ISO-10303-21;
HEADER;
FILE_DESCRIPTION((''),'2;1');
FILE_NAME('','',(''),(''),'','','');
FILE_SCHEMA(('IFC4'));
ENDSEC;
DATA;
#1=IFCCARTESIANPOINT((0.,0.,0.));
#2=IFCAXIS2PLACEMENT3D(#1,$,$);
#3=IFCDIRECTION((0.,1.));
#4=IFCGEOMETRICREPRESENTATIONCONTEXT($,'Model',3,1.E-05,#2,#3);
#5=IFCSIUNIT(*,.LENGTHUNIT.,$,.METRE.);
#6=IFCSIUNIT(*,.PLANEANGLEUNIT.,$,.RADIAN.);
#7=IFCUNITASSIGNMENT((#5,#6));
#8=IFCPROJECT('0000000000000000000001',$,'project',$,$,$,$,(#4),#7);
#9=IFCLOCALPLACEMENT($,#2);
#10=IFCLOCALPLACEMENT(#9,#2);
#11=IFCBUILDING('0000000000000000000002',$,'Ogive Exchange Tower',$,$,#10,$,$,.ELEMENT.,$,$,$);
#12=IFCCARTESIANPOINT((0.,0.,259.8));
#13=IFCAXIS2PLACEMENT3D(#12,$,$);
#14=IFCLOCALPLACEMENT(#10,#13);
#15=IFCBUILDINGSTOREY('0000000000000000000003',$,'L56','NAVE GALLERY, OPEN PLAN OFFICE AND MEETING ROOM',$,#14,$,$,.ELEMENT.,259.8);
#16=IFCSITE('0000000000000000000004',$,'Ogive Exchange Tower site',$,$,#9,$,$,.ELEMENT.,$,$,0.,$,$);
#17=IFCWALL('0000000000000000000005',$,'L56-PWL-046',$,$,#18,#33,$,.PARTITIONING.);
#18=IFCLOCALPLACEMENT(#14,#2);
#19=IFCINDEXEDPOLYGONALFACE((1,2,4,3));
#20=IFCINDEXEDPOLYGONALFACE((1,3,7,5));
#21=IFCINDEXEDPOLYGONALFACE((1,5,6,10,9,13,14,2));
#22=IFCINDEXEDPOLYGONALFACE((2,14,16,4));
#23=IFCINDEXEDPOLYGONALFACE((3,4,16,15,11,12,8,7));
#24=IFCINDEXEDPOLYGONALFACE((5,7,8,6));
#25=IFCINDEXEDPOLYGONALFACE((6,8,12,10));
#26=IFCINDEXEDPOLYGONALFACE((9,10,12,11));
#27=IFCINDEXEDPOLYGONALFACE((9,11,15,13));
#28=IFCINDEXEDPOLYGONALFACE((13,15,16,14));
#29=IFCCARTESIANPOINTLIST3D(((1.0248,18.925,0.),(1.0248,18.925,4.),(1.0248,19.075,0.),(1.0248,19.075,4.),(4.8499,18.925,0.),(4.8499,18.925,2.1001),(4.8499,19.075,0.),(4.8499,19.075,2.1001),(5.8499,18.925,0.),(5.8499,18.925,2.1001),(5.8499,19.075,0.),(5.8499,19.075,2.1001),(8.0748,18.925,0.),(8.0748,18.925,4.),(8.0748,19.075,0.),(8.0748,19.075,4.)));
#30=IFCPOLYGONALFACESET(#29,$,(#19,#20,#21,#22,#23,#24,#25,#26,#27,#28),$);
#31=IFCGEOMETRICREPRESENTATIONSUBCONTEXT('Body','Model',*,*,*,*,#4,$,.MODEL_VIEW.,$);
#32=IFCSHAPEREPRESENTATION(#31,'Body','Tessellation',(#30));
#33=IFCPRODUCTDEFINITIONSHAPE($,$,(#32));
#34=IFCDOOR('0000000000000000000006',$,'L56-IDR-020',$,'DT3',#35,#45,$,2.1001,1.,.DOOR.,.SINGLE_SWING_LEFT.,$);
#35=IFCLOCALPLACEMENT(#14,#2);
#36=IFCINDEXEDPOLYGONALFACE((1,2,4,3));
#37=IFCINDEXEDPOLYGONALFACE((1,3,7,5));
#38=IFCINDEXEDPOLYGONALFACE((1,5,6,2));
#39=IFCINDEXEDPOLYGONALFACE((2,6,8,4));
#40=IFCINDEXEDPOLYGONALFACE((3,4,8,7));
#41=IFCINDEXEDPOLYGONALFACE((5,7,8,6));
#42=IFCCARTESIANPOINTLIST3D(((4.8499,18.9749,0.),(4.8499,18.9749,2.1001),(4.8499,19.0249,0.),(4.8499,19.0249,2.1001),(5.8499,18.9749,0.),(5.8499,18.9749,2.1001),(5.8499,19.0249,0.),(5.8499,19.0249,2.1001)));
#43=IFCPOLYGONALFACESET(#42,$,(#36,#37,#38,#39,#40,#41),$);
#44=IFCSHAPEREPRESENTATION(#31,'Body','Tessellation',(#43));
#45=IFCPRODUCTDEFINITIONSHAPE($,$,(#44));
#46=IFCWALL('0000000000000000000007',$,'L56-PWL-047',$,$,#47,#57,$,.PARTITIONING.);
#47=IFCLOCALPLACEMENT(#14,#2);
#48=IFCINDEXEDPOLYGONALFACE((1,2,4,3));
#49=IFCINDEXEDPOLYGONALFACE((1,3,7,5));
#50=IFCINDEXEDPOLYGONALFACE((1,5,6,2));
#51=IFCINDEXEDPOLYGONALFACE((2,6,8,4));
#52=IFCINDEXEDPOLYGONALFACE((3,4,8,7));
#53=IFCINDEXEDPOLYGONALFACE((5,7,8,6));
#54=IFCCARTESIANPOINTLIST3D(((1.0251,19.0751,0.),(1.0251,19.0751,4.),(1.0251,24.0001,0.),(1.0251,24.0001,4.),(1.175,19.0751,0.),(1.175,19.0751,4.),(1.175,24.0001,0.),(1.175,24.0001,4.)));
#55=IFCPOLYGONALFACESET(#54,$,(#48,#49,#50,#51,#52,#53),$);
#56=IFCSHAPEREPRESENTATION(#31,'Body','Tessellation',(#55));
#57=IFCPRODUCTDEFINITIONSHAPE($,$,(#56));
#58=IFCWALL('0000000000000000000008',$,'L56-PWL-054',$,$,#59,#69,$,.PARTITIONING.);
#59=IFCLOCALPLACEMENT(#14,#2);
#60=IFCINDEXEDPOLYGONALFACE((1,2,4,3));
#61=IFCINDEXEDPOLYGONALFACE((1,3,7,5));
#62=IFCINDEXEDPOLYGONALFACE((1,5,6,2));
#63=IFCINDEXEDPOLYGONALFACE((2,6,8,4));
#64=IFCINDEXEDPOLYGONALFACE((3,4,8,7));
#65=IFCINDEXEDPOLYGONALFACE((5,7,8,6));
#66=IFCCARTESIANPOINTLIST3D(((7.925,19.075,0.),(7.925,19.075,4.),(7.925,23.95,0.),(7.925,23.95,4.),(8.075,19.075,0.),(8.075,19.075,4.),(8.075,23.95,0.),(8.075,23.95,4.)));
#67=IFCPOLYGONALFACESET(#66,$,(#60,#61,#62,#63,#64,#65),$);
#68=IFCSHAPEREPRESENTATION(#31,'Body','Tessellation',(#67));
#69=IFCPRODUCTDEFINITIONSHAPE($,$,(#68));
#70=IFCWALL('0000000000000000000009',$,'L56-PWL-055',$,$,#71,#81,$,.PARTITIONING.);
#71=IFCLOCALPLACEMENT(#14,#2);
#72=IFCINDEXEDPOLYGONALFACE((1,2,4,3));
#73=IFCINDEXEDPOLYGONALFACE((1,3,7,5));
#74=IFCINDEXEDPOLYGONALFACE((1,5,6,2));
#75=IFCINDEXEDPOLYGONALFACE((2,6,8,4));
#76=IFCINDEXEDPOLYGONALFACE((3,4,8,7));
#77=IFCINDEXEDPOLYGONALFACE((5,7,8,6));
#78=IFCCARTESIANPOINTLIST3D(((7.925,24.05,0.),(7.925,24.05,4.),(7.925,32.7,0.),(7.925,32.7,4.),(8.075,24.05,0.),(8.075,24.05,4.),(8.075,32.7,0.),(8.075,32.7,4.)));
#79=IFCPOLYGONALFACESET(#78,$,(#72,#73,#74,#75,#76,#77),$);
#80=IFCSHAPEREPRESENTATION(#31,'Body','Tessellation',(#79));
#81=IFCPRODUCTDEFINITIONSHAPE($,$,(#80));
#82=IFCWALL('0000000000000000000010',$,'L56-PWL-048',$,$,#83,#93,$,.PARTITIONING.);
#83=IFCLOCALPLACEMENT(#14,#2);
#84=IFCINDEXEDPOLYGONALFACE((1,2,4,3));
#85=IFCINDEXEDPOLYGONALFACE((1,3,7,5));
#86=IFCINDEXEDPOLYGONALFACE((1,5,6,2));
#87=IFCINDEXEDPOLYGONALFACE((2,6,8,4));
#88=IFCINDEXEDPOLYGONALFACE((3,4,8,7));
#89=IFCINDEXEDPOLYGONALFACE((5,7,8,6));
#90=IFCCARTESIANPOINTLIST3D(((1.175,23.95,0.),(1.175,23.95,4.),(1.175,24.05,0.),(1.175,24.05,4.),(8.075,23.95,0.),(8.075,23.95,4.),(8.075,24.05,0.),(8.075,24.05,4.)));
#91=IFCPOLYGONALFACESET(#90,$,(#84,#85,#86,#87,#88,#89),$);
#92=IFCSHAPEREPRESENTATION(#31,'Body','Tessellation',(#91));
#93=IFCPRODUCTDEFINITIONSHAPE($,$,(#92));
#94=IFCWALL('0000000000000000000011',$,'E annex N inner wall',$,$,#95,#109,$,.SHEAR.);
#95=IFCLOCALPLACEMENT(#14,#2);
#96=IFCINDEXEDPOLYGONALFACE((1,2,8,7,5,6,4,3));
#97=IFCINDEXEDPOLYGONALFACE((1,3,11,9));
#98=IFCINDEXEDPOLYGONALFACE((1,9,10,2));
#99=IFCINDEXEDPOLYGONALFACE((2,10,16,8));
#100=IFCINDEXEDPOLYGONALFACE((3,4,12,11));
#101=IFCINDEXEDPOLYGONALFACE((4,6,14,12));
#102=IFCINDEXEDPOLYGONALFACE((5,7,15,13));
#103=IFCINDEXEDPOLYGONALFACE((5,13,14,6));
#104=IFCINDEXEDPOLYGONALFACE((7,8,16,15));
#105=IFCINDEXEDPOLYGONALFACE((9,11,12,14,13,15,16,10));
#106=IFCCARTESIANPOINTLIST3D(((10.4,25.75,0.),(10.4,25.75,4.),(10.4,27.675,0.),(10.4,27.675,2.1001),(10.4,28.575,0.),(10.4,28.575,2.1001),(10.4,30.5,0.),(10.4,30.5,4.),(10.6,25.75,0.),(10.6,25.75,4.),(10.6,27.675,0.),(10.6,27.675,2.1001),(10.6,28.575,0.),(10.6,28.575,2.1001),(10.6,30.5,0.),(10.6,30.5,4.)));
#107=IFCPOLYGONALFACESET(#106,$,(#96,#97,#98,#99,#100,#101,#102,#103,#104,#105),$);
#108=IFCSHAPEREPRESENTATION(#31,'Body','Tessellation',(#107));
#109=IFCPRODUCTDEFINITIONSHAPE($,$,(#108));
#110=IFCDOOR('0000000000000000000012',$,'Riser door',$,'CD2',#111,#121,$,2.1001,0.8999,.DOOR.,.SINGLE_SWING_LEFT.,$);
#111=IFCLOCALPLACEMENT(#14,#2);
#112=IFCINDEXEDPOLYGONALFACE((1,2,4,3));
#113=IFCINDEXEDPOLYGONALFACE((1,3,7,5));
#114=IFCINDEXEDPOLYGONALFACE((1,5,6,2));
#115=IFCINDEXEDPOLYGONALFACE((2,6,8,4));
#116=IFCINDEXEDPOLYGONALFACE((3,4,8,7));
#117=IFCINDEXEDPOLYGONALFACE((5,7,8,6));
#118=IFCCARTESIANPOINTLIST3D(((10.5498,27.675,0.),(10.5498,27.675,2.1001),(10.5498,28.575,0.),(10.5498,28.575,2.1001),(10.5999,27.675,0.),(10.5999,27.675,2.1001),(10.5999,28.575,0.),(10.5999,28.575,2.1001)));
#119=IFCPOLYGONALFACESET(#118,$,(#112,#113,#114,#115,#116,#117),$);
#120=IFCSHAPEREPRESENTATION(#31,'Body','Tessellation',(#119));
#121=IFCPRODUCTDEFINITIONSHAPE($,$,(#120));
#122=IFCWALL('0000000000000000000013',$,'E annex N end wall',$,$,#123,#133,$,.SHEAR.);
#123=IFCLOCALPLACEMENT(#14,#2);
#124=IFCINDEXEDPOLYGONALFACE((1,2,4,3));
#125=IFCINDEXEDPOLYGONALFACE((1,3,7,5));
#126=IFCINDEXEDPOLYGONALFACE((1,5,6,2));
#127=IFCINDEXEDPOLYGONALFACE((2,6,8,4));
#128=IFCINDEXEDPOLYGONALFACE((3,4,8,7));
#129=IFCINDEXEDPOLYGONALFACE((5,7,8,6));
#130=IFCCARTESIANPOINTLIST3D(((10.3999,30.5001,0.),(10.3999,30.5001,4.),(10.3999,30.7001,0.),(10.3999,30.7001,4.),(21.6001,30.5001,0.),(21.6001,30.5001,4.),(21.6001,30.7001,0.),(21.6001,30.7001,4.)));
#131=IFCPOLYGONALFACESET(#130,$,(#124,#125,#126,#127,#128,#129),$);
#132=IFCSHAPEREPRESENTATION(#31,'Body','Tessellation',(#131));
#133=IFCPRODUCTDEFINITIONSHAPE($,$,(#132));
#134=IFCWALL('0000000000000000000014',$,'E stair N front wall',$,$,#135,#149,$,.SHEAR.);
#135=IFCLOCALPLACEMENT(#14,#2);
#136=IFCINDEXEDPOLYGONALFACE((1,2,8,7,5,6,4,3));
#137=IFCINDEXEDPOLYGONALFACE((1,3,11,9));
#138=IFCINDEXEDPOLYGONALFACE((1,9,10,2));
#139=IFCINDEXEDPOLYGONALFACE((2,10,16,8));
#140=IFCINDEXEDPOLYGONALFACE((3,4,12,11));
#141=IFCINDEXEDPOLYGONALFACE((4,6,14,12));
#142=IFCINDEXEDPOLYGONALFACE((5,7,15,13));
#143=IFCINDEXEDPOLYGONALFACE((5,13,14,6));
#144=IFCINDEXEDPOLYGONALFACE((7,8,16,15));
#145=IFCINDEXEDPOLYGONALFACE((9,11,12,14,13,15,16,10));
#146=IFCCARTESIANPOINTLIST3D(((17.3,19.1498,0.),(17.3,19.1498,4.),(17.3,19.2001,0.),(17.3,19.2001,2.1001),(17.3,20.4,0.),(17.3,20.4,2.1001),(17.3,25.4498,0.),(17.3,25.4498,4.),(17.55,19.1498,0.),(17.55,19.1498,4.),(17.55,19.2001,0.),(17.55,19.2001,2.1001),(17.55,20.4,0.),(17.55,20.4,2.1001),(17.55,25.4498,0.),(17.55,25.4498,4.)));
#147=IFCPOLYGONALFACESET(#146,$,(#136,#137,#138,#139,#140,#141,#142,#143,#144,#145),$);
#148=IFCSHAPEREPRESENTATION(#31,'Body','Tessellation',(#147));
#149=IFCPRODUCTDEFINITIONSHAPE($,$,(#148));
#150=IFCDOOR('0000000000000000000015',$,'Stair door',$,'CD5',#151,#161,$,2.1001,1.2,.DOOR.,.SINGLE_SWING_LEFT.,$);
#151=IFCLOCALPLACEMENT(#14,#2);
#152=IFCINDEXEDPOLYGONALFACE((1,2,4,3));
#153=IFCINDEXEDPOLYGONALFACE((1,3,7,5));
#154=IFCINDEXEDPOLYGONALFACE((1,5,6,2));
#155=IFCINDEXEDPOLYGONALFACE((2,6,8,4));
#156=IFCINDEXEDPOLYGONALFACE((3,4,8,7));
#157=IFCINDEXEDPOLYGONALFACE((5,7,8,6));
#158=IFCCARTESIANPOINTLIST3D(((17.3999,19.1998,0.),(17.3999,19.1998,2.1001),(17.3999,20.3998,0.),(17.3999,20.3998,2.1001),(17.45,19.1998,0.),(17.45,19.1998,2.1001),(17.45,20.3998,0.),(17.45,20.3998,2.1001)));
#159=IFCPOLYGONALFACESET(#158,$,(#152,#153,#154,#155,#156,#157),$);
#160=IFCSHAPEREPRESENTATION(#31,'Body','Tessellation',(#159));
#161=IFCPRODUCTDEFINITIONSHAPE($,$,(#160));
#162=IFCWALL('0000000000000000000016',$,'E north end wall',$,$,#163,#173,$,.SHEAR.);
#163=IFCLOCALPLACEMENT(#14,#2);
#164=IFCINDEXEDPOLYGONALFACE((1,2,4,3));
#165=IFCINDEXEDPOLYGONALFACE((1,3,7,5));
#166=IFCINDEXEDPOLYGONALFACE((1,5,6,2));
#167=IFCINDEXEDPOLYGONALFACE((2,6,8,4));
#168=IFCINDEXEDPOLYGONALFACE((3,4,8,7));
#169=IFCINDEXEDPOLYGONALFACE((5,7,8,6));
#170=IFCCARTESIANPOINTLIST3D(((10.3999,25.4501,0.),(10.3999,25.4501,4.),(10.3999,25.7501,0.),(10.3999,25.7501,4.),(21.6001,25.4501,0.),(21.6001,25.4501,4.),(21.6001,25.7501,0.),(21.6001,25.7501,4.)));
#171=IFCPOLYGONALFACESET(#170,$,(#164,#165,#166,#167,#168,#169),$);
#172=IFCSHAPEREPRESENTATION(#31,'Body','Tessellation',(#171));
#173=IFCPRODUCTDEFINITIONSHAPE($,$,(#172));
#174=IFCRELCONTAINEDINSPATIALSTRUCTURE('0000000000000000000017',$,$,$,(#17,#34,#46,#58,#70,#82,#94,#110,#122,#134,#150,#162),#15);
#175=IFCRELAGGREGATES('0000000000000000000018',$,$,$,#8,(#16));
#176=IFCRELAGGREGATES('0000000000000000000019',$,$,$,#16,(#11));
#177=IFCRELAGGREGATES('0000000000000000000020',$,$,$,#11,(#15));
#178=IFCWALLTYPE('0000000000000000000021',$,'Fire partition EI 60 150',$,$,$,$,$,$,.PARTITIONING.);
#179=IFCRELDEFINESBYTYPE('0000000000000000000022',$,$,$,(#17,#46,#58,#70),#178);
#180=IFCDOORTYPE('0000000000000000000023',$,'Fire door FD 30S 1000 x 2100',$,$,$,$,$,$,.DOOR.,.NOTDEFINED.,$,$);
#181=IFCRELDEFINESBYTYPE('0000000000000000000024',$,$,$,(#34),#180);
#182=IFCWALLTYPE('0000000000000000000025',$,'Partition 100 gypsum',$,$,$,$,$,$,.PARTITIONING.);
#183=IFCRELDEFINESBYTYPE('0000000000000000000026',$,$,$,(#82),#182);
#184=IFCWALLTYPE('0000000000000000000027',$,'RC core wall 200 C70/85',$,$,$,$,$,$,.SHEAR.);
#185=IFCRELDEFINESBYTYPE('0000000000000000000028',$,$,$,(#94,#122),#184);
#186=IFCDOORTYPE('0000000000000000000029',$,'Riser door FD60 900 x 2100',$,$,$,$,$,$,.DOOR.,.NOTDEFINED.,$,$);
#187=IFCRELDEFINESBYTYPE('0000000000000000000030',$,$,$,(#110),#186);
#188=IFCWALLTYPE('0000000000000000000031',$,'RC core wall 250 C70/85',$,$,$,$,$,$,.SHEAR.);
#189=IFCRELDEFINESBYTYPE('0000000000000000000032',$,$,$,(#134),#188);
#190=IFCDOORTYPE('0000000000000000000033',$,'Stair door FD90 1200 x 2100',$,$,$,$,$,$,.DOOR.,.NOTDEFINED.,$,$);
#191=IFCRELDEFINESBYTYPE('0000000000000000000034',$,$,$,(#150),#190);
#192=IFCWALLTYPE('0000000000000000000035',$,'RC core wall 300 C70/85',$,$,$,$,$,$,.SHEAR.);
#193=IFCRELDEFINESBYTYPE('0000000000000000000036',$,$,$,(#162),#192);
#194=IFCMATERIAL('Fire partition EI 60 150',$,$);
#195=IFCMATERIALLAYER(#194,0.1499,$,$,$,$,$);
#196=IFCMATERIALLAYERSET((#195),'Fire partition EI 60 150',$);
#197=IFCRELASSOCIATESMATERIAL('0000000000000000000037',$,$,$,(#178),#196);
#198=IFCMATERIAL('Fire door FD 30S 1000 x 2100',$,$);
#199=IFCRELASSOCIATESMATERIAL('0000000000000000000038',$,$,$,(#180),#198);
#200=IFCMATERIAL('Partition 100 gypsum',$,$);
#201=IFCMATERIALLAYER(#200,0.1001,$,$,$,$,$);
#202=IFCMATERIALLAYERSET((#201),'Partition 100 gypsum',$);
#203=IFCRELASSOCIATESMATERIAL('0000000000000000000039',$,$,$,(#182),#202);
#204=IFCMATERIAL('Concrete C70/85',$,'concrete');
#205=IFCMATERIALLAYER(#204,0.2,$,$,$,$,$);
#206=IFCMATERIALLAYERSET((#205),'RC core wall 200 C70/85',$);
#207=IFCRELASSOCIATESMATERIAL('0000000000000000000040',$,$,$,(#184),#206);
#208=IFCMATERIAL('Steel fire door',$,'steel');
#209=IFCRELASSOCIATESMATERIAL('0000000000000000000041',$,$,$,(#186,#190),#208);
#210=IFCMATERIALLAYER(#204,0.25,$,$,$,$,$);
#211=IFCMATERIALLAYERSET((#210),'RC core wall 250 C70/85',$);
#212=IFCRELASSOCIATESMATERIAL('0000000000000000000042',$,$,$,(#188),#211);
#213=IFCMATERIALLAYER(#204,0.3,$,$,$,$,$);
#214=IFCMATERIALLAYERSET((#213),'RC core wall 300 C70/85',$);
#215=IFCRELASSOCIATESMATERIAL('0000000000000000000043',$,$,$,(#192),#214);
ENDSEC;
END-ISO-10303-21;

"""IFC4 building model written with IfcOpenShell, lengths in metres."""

from ifc_helpers import new_model, si_unit, direction, frame, frame_2d, origin, place, context, subcontext, project, spatial, rectangle, extrude, material, layer, layer_set, type_object, element, fill, save


model = new_model("IFC4")

# Units and contexts
model_context = context("Model", 3, precision=1e-05, world=origin(), true_north=direction((0.0, 1.0)))
body_context = subcontext(model_context, "Body", "Model", "MODEL_VIEW")
ifc_project = project(units=[si_unit("LENGTHUNIT", "METRE"), si_unit("PLANEANGLEUNIT", "RADIAN")], contexts=[model_context])

# Site, building, storey
site_placement = place(None, origin())
site = spatial("IfcSite", under=ifc_project, at=site_placement, Name="Ogive Exchange Tower site", CompositionType="ELEMENT", RefElevation=0.0)
building_placement = place(site_placement, origin())
building = spatial("IfcBuilding", under=site, at=building_placement, Name="Ogive Exchange Tower", CompositionType="ELEMENT")
storey_placement = place(building_placement, frame((0.0, 0.0, 259.8)))
storey = spatial("IfcBuildingStorey", under=building, at=storey_placement, Name="L56", Description="NAVE GALLERY, OPEN PLAN OFFICE AND MEETING ROOM", CompositionType="ELEMENT", Elevation=259.8)

# Shared definitions
ifc_material_1 = material(Name="Fire partition EI 60 150")
ifc_layer_1 = layer(ifc_material_1, 0.1499)
ifc_layer_set_1 = layer_set([ifc_layer_1], Name="Fire partition EI 60 150")
wall_type_1 = type_object("IfcWallType", Name="Fire partition EI 60 150", PredefinedType="PARTITIONING", material=ifc_layer_set_1)

# Wall, opening, door
ifc_material_2 = material(Name="Fire door FD 30S 1000 x 2100")
door_type_1 = type_object("IfcDoorType", Name="Fire door FD 30S 1000 x 2100", OperationType="NOTDEFINED", PredefinedType="DOOR", material=ifc_material_2)
wall_1_placement = place(storey_placement, frame((1.0249, 19.0, 0.0), z_axis=(0.0, 0.0, 1.0), x_axis=(1.0, 0.0, 0.0)))
wall_1 = element("IfcWall", 1, at=wall_1_placement, inside=storey, type_object=wall_type_1, Name="L56-PWL-046", PredefinedType="PARTITIONING", context=body_context, shape_type="SweptSolid", body=[
    extrude(rectangle(XDim=7.05, YDim=0.1499, at=frame_2d((3.5249, 0.0))), origin(), (0.0, 0.0, 1.0), 4.0),
])
opening_1_placement = place(wall_1_placement, frame((3.825, 0.0, 0.0)))
opening_1 = element("IfcOpeningElement", 2, at=opening_1_placement, cuts=wall_1, PredefinedType="OPENING", context=body_context, shape_type="SweptSolid", body=[
    extrude(rectangle(XDim=1.0, YDim=2.1001, at=frame_2d((0.5, 1.05))), frame((0.0, 0.085, 0.0), z_axis=(0.0, -1.0, 0.0), x_axis=(1.0, 0.0, 0.0)), (0.0, 0.0, 1.0), 0.1699),
])
door_1_placement = place(opening_1_placement, origin())
door_1 = element("IfcDoor", 3, at=door_1_placement, inside=storey, type_object=door_type_1, Name="L56-IDR-020", ObjectType="DT3", OperationType="SINGLE_SWING_LEFT", OverallHeight=2.1001, OverallWidth=1.0, PredefinedType="DOOR", context=body_context, shape_type="SweptSolid", body=[
    extrude(rectangle(XDim=1.0, YDim=2.1001, at=frame_2d((0.5, 1.05))), frame((0.0, 0.0249, 0.0), z_axis=(0.0, -1.0, 0.0), x_axis=(1.0, 0.0, 0.0)), (0.0, 0.0, 1.0), 0.05),
])
fill(opening_1, door_1)

# Walls
wall_2_placement = place(storey_placement, frame((1.1001, 24.0, 0.0), z_axis=(0.0, 0.0, 1.0), x_axis=(0.0, -1.0, 0.0)))
element("IfcWall", 4, at=wall_2_placement, inside=storey, type_object=wall_type_1, Name="L56-PWL-047", PredefinedType="PARTITIONING", context=body_context, shape_type="SweptSolid", body=[
    extrude(rectangle(XDim=4.925, YDim=0.1499, at=frame_2d((2.4624, 0.0))), origin(), (0.0, 0.0, 1.0), 4.0),
])
wall_3_placement = place(storey_placement, frame((8.0, 19.075, 0.0), z_axis=(0.0, 0.0, 1.0), x_axis=(0.0, 1.0, 0.0)))
element("IfcWall", 5, at=wall_3_placement, inside=storey, type_object=wall_type_1, Name="L56-PWL-054", PredefinedType="PARTITIONING", context=body_context, shape_type="SweptSolid", body=[
    extrude(rectangle(XDim=4.875, YDim=0.1499, at=frame_2d((2.4375, 0.0))), origin(), (0.0, 0.0, 1.0), 4.0),
])
wall_4_placement = place(storey_placement, frame((8.0, 24.05, 0.0), z_axis=(0.0, 0.0, 1.0), x_axis=(0.0, 1.0, 0.0)))
element("IfcWall", 6, at=wall_4_placement, inside=storey, type_object=wall_type_1, Name="L56-PWL-055", PredefinedType="PARTITIONING", context=body_context, shape_type="SweptSolid", body=[
    extrude(rectangle(XDim=8.6499, YDim=0.1499, at=frame_2d((4.325, 0.0))), origin(), (0.0, 0.0, 1.0), 4.0),
])
ifc_material_3 = material(Name="Partition 100 gypsum")
ifc_layer_2 = layer(ifc_material_3, 0.1001)
ifc_layer_set_2 = layer_set([ifc_layer_2], Name="Partition 100 gypsum")
wall_type_2 = type_object("IfcWallType", Name="Partition 100 gypsum", PredefinedType="PARTITIONING", material=ifc_layer_set_2)
wall_5_placement = place(storey_placement, frame((1.175, 24.0, 0.0), z_axis=(0.0, 0.0, 1.0), x_axis=(1.0, 0.0, 0.0)))
element("IfcWall", 7, at=wall_5_placement, inside=storey, type_object=wall_type_2, Name="L56-PWL-048", PredefinedType="PARTITIONING", context=body_context, shape_type="SweptSolid", body=[
    extrude(rectangle(XDim=6.8999, YDim=0.1001, at=frame_2d((3.45, 0.0))), origin(), (0.0, 0.0, 1.0), 4.0),
])

# Wall, opening, door
ifc_material_4 = material(Name="Concrete C70/85", Category="concrete")
ifc_layer_3 = layer(ifc_material_4, 0.2)
ifc_layer_set_3 = layer_set([ifc_layer_3], Name="RC core wall 200 C70/85")
wall_type_3 = type_object("IfcWallType", Name="RC core wall 200 C70/85", PredefinedType="SHEAR", material=ifc_layer_set_3)
wall_6_placement = place(storey_placement, frame((10.5, 25.75, 0.0), z_axis=(0.0, 0.0, 1.0), x_axis=(0.0, 1.0, 0.0)))
wall_6 = element("IfcWall", 8, at=wall_6_placement, inside=storey, type_object=wall_type_3, Name="E annex N inner wall", PredefinedType="SHEAR", context=body_context, shape_type="SweptSolid", body=[
    extrude(rectangle(XDim=4.75, YDim=0.2, at=frame_2d((2.375, 0.0))), origin(), (0.0, 0.0, 1.0), 4.0),
])
opening_2_placement = place(wall_6_placement, frame((1.925, 0.0, 0.0)))
opening_2 = element("IfcOpeningElement", 9, at=opening_2_placement, cuts=wall_6, PredefinedType="OPENING", context=body_context, shape_type="SweptSolid", body=[
    extrude(rectangle(XDim=0.8999, YDim=2.1001, at=frame_2d((0.45, 1.05))), frame((0.0, 0.1099, 0.0), z_axis=(0.0, -1.0, 0.0), x_axis=(1.0, 0.0, 0.0)), (0.0, 0.0, 1.0), 0.22),
])
ifc_material_5 = material(Name="Steel fire door", Category="steel")
door_type_2 = type_object("IfcDoorType", Name="Riser door FD60 900 x 2100", OperationType="NOTDEFINED", PredefinedType="DOOR", material=ifc_material_5)
door_2_placement = place(opening_2_placement, origin())
door_2 = element("IfcDoor", 10, at=door_2_placement, inside=storey, type_object=door_type_2, Name="Riser door", ObjectType="CD2", OperationType="SINGLE_SWING_LEFT", OverallHeight=2.1001, OverallWidth=0.8999, PredefinedType="DOOR", context=body_context, shape_type="SweptSolid", body=[
    extrude(rectangle(XDim=0.8999, YDim=2.1001, at=frame_2d((0.45, 1.05))), frame((0.0, -0.0498, 0.0), z_axis=(0.0, -1.0, 0.0), x_axis=(1.0, 0.0, 0.0)), (0.0, 0.0, 1.0), 0.05),
])
fill(opening_2, door_2)

# Wall
wall_7_placement = place(storey_placement, frame((10.3999, 30.6001, 0.0), z_axis=(0.0, 0.0, 1.0), x_axis=(1.0, 0.0, 0.0)))
element("IfcWall", 11, at=wall_7_placement, inside=storey, type_object=wall_type_3, Name="E annex N end wall", PredefinedType="SHEAR", context=body_context, shape_type="SweptSolid", body=[
    extrude(rectangle(XDim=11.2002, YDim=0.2, at=frame_2d((5.6001, 0.0))), origin(), (0.0, 0.0, 1.0), 4.0),
])

# Wall, opening, door
ifc_layer_4 = layer(ifc_material_4, 0.25)
ifc_layer_set_4 = layer_set([ifc_layer_4], Name="RC core wall 250 C70/85")
wall_type_4 = type_object("IfcWallType", Name="RC core wall 250 C70/85", PredefinedType="SHEAR", material=ifc_layer_set_4)
wall_8_placement = place(storey_placement, frame((17.425, 19.1499, 0.0), z_axis=(0.0, 0.0, 1.0), x_axis=(0.0, 1.0, 0.0)))
wall_8 = element("IfcWall", 12, at=wall_8_placement, inside=storey, type_object=wall_type_4, Name="E stair N front wall", PredefinedType="SHEAR", context=body_context, shape_type="SweptSolid", body=[
    extrude(rectangle(XDim=6.3, YDim=0.25, at=frame_2d((3.1499, 0.0))), origin(), (0.0, 0.0, 1.0), 4.0),
])
opening_3_placement = place(wall_8_placement, frame((0.05, 0.0, 0.0)))
opening_3 = element("IfcOpeningElement", 13, at=opening_3_placement, cuts=wall_8, PredefinedType="OPENING", context=body_context, shape_type="SweptSolid", body=[
    extrude(rectangle(XDim=1.2, YDim=2.1001, at=frame_2d((0.6001, 1.05))), frame((0.0, 0.135, 0.0), z_axis=(0.0, -1.0, 0.0), x_axis=(1.0, 0.0, 0.0)), (0.0, 0.0, 1.0), 0.27),
])
door_type_3 = type_object("IfcDoorType", Name="Stair door FD90 1200 x 2100", OperationType="NOTDEFINED", PredefinedType="DOOR", material=ifc_material_5)
door_3_placement = place(opening_3_placement, frame((1.2, 0.0, 0.0), z_axis=(0.0, 0.0, 1.0), x_axis=(-1.0, 0.0, 0.0)))
door_3 = element("IfcDoor", 14, at=door_3_placement, inside=storey, type_object=door_type_3, Name="Stair door", ObjectType="CD5", OperationType="SINGLE_SWING_LEFT", OverallHeight=2.1001, OverallWidth=1.2, PredefinedType="DOOR", context=body_context, shape_type="SweptSolid", body=[
    extrude(rectangle(XDim=1.2, YDim=2.1001, at=frame_2d((0.6001, 1.05))), frame((0.0, 0.0249, 0.0), z_axis=(0.0, -1.0, 0.0), x_axis=(1.0, 0.0, 0.0)), (0.0, 0.0, 1.0), 0.05),
])
fill(opening_3, door_3)

# Wall
ifc_layer_5 = layer(ifc_material_4, 0.3)
ifc_layer_set_5 = layer_set([ifc_layer_5], Name="RC core wall 300 C70/85")
wall_type_5 = type_object("IfcWallType", Name="RC core wall 300 C70/85", PredefinedType="SHEAR", material=ifc_layer_set_5)
wall_9_placement = place(storey_placement, frame((10.3999, 25.6001, 0.0), z_axis=(0.0, 0.0, 1.0), x_axis=(1.0, 0.0, 0.0)))
element("IfcWall", 15, at=wall_9_placement, inside=storey, type_object=wall_type_5, Name="E north end wall", PredefinedType="SHEAR", context=body_context, shape_type="SweptSolid", body=[
    extrude(rectangle(XDim=11.2002, YDim=0.3, at=frame_2d((5.6001, 0.0))), origin(), (0.0, 0.0, 1.0), 4.0),
])

save(model, "model.ifc")
